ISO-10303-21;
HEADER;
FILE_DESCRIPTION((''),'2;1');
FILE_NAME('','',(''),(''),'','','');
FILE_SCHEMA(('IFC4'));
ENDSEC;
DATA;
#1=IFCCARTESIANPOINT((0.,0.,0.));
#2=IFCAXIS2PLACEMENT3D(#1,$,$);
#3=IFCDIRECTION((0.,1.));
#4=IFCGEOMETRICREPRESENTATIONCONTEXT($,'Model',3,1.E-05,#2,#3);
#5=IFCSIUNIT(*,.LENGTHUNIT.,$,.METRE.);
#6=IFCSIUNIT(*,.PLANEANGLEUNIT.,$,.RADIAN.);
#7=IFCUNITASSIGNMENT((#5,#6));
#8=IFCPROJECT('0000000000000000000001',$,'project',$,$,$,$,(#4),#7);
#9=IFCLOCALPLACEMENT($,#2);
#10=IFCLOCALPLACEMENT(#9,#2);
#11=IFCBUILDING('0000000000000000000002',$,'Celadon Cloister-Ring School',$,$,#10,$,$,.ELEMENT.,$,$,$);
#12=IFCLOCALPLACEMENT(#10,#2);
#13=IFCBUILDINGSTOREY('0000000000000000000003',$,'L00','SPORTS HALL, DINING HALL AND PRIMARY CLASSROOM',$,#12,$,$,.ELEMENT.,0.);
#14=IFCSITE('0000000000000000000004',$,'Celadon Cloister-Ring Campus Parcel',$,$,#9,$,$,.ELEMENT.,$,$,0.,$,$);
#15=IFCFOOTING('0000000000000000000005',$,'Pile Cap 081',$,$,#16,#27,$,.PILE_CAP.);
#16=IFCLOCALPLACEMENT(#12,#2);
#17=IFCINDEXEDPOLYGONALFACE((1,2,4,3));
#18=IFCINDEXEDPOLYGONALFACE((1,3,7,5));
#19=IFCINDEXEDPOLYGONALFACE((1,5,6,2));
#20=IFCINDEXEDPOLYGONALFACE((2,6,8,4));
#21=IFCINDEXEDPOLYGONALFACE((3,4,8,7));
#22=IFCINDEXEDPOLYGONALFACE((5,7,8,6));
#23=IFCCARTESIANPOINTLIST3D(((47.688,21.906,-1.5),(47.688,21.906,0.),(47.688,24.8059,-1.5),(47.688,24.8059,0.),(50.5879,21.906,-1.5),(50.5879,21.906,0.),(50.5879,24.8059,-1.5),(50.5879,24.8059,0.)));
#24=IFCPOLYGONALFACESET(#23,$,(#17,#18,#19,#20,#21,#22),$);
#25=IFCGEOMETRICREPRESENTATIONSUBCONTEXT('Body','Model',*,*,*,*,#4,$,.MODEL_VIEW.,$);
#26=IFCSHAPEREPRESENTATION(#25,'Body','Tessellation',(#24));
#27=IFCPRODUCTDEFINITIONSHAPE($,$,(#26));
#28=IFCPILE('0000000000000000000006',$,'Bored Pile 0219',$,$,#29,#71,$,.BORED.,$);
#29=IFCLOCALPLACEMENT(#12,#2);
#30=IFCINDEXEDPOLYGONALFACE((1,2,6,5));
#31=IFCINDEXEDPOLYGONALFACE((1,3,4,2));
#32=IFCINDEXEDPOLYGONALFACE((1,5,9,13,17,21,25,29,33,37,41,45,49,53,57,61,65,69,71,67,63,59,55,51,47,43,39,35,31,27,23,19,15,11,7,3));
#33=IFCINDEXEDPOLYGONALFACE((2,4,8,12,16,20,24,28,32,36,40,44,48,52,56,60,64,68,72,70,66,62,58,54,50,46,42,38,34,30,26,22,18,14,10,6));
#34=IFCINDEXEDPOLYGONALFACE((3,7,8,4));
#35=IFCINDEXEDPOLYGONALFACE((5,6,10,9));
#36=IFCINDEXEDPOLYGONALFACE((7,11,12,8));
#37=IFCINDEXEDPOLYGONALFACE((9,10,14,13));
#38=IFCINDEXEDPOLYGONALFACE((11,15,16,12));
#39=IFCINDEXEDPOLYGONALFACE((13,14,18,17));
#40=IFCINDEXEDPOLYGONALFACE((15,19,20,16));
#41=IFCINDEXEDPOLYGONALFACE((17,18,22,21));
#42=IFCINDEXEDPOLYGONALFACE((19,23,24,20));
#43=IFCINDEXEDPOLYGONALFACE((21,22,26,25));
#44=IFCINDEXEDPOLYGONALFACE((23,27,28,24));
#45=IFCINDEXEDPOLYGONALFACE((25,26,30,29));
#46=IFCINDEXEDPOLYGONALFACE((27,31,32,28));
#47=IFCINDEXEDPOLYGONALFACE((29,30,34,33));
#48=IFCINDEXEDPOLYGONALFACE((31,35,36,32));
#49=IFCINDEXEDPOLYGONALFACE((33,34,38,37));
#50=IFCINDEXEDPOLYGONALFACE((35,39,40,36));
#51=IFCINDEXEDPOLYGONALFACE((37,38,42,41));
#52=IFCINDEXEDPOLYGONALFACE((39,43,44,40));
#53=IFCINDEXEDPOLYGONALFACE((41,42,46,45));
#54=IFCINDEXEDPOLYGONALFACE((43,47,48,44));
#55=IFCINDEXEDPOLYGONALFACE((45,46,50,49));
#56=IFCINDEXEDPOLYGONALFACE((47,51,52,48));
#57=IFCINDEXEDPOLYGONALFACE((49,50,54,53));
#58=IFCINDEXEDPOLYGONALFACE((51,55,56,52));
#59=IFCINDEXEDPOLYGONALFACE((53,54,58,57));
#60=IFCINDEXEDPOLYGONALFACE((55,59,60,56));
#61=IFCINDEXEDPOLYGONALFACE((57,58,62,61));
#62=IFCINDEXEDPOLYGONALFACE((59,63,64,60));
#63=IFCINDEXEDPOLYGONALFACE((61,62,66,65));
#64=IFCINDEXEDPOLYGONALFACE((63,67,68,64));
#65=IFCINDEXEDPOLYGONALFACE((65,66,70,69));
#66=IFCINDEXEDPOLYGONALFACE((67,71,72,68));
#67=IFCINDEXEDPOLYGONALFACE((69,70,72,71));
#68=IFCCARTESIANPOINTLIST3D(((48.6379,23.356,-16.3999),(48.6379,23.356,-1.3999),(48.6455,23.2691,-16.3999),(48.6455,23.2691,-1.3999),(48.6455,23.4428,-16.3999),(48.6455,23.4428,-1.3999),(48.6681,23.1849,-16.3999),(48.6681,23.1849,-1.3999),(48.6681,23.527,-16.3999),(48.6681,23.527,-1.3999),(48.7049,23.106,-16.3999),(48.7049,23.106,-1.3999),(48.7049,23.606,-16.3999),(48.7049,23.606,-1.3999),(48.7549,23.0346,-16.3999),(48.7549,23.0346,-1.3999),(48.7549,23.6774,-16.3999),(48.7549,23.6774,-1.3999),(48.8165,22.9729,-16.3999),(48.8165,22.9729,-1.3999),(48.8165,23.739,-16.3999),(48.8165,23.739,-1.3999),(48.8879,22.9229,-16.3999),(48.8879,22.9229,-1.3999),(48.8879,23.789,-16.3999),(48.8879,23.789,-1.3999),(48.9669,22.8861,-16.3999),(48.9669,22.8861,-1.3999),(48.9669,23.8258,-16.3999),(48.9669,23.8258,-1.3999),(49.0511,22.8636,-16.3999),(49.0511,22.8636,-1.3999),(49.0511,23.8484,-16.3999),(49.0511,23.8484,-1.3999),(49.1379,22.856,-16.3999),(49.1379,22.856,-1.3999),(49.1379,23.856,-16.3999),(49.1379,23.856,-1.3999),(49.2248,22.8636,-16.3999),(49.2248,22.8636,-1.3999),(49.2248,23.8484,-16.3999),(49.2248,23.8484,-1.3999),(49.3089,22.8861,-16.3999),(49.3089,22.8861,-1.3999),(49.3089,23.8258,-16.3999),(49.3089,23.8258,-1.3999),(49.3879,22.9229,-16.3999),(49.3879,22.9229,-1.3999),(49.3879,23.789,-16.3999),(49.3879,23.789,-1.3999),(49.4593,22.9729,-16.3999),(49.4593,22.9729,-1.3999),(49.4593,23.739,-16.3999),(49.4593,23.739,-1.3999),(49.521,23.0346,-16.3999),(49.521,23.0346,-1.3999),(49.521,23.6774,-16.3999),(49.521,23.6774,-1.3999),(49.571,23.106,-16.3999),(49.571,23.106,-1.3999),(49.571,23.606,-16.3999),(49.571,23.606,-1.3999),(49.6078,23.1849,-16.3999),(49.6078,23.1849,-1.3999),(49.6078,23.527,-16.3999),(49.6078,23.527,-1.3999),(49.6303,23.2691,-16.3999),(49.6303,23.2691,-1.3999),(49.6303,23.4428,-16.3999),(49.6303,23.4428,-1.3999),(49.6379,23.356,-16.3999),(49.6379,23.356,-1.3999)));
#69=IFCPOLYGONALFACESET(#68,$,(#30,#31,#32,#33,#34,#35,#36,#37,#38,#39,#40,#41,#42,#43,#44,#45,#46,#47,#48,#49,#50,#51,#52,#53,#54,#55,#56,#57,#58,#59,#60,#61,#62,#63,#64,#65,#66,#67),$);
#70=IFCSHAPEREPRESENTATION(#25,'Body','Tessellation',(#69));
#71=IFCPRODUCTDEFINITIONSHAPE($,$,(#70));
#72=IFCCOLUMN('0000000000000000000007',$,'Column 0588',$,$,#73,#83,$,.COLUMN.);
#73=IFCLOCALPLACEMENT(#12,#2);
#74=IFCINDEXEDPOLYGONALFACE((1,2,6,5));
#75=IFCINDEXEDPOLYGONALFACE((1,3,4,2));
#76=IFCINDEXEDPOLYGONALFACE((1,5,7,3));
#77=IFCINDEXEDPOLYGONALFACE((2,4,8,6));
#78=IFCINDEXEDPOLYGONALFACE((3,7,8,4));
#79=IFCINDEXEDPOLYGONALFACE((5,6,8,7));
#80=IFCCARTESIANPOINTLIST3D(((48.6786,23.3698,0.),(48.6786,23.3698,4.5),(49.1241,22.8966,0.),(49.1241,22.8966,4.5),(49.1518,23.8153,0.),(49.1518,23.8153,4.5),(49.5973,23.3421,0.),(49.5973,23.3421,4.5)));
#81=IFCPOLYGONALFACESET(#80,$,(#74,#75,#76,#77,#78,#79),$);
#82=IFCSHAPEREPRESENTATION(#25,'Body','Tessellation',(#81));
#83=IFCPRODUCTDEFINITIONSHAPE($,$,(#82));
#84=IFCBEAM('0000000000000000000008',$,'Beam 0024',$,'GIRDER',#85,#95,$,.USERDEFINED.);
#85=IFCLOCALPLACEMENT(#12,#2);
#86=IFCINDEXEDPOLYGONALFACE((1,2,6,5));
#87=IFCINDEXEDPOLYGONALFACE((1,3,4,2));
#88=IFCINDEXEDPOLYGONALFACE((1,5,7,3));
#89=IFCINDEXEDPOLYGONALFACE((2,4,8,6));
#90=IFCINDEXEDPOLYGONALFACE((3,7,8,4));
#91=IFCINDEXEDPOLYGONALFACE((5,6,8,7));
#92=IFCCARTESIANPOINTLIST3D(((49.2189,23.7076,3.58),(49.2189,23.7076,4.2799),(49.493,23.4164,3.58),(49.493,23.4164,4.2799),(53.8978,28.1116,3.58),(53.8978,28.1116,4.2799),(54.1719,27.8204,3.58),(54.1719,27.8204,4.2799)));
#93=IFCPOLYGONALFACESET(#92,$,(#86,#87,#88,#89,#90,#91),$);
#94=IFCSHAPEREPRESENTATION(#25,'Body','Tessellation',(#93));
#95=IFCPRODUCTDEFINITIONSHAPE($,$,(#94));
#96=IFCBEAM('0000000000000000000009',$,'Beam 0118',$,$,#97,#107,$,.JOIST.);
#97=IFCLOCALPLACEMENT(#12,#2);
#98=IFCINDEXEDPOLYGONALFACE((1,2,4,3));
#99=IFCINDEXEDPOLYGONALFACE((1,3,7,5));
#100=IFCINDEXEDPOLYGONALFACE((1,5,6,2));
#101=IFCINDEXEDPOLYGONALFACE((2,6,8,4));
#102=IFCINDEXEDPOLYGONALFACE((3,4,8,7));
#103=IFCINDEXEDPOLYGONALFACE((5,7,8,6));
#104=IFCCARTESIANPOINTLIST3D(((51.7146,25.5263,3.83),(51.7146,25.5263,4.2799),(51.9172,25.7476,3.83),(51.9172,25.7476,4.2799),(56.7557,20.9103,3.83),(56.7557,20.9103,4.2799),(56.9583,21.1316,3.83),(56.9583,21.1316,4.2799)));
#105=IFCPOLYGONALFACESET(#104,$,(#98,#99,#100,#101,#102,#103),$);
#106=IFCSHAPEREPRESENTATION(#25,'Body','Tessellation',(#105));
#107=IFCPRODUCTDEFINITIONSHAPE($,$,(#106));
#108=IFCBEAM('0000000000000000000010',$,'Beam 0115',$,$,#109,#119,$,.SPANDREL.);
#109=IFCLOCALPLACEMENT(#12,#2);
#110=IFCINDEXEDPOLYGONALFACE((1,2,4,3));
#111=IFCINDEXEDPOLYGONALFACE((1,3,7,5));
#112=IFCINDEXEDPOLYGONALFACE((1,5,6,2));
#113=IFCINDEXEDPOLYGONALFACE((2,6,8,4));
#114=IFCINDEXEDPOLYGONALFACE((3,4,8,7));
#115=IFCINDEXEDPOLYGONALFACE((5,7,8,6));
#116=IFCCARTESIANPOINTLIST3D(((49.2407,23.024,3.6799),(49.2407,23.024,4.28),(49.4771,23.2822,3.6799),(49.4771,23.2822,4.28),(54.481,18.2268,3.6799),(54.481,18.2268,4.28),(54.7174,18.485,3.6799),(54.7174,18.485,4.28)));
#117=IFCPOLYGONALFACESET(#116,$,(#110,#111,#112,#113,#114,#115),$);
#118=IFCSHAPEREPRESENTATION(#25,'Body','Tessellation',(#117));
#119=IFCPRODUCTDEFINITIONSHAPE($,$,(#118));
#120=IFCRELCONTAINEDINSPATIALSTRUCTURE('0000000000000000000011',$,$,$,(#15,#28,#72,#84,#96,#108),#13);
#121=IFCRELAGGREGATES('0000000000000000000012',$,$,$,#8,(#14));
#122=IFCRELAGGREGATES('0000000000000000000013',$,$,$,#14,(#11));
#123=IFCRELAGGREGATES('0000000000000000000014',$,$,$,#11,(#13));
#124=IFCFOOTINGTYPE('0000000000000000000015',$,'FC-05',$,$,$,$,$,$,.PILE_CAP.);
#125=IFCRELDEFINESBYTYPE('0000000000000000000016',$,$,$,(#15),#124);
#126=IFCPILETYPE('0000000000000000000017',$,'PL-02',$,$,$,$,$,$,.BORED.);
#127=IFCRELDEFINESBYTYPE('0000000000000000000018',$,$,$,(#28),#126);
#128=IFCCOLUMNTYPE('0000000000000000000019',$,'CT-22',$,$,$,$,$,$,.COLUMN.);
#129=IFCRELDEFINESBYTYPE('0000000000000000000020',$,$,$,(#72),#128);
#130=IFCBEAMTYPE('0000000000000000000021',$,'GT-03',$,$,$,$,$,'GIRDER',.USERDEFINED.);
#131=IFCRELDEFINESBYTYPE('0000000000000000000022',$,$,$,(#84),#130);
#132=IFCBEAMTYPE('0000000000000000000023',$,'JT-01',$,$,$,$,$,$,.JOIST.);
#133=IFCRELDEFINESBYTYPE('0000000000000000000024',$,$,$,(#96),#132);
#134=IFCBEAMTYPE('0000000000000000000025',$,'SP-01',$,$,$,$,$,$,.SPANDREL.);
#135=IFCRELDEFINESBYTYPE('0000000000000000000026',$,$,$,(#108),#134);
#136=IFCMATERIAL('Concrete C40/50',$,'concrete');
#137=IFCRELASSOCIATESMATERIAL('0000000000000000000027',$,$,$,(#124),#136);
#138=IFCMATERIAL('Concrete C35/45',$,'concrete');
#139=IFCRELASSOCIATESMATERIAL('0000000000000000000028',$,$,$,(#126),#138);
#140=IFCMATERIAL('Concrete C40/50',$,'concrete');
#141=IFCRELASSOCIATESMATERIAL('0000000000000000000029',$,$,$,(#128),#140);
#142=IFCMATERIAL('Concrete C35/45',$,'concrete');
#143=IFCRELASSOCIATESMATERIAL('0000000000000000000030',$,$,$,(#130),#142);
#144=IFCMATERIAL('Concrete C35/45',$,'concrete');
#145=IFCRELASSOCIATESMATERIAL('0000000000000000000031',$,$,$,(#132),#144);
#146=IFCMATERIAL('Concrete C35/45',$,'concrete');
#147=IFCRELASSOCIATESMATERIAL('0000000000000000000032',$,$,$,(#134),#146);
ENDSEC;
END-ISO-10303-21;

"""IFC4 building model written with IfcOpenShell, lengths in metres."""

from ifc_helpers import new_model, si_unit, direction, frame, origin, origin_2d, place, context, subcontext, project, spatial, rectangle, circle, extrude, material, material_profile, profile_set, type_object, element, save


model = new_model("IFC4")

# Units and contexts
model_context = context("Model", 3, precision=1e-05, world=origin(), true_north=direction((0.0, 1.0)))
body_context = subcontext(model_context, "Body", "Model", "MODEL_VIEW")
ifc_project = project(units=[si_unit("LENGTHUNIT", "METRE"), si_unit("PLANEANGLEUNIT", "RADIAN")], contexts=[model_context])

# Site, building, storey
site_placement = place(None, origin())
site = spatial("IfcSite", under=ifc_project, at=site_placement, Name="Celadon Cloister-Ring Campus Parcel", CompositionType="ELEMENT", RefElevation=0.0)
building_placement = place(site_placement, origin())
building = spatial("IfcBuilding", under=site, at=building_placement, Name="Celadon Cloister-Ring School", CompositionType="ELEMENT")
storey_placement = place(building_placement, origin())
storey = spatial("IfcBuildingStorey", under=building, at=storey_placement, Name="L00", Description="SPORTS HALL, DINING HALL AND PRIMARY CLASSROOM", CompositionType="ELEMENT", Elevation=0.0)

# Footing
ifc_material_1 = material(Name="Concrete C40/50", Category="concrete")
footing_type = type_object("IfcFootingType", Name="FC-05", PredefinedType="PILE_CAP", material=ifc_material_1)
footing_placement = place(storey_placement, frame((49.1379, 23.356, -1.5), z_axis=(0.0, 0.0, 1.0), x_axis=(1.0, 0.0, 0.0)))
element("IfcFooting", 1, at=footing_placement, inside=storey, type_object=footing_type, Name="Pile Cap 081", PredefinedType="PILE_CAP", context=body_context, shape_type="SweptSolid", body=[
    extrude(rectangle(XDim=2.8999, YDim=2.8999, at=origin_2d()), origin(), (0.0, 0.0, 1.0), 1.5),
])

# Pile
ifc_material_2 = material(Name="Concrete C35/45", Category="concrete")
ifc_material_profile_1 = material_profile(ifc_material_2, circle(Radius=0.5, at=origin_2d()), Name="PILE1000")
ifc_profile_set_1 = profile_set([ifc_material_profile_1], Name="Concrete C35/45")
pile_type = type_object("IfcPileType", Name="PL-02", PredefinedType="BORED", material=ifc_profile_set_1)
pile_placement = place(storey_placement, frame((49.1379, 23.356, -1.3999), z_axis=(0.0, 0.0, -1.0), x_axis=(1.0, 0.0, 0.0)))
element("IfcPile", 2, at=pile_placement, inside=storey, type_object=pile_type, Name="Bored Pile 0219", PredefinedType="BORED", context=body_context, shape_type="SweptSolid", body=[
    extrude(circle(Radius=0.5, at=origin_2d()), origin(), (0.0, 0.0, 1.0), 15.0),
])

# Column
ifc_material_3 = material(Name="Concrete C40/50", Category="concrete")
ifc_material_profile_2 = material_profile(ifc_material_3, rectangle(XDim=0.6499, YDim=0.6499, at=origin_2d()), Name="RC650X650")
ifc_profile_set_2 = profile_set([ifc_material_profile_2], Name="Concrete C40/50")
column_type = type_object("IfcColumnType", Name="CT-22", PredefinedType="COLUMN", material=ifc_profile_set_2)
column_placement = place(storey_placement, frame((49.1379, 23.356, 0.0), z_axis=(0.0, 0.0, 1.0), x_axis=(-0.728108, -0.685463, 0.0)))
element("IfcColumn", 3, at=column_placement, inside=storey, type_object=column_type, Name="Column 0588", PredefinedType="COLUMN", context=body_context, shape_type="SweptSolid", body=[
    extrude(rectangle(XDim=0.6499, YDim=0.6499, at=origin_2d()), origin(), (0.0, 0.0, 1.0), 4.5),
])

# Beams
ifc_material_4 = material(Name="Concrete C35/45", Category="concrete")
ifc_material_profile_3 = material_profile(ifc_material_4, rectangle(XDim=0.3999, YDim=0.7, at=origin_2d()), Name="RC400X700")
ifc_profile_set_3 = profile_set([ifc_material_profile_3], Name="Concrete C35/45")
beam_type_1 = type_object("IfcBeamType", Name="GT-03", ElementType="GIRDER", PredefinedType="USERDEFINED", material=ifc_profile_set_3)
beam_1_placement = place(storey_placement, frame((49.356, 23.562, 3.9299), z_axis=(0.728174, 0.685392, 0.0), x_axis=(-0.685392, 0.728174, 0.0)))
element("IfcBeam", 4, at=beam_1_placement, inside=storey, type_object=beam_type_1, Name="Beam 0024", ObjectType="GIRDER", PredefinedType="USERDEFINED", context=body_context, shape_type="SweptSolid", body=[
    extrude(rectangle(XDim=0.3999, YDim=0.7, at=origin_2d()), origin(), (0.0, 0.0, 1.0), 6.4255),
])
ifc_material_5 = material(Name="Concrete C35/45", Category="concrete")
ifc_material_profile_4 = material_profile(ifc_material_5, rectangle(XDim=0.3, YDim=0.45, at=origin_2d()), Name="RC300X450")
ifc_profile_set_4 = profile_set([ifc_material_profile_4], Name="Concrete C35/45")
beam_type_2 = type_object("IfcBeamType", Name="JT-01", PredefinedType="JOIST", material=ifc_profile_set_4)
beam_2_placement = place(storey_placement, frame((51.8159, 25.637, 4.0549), z_axis=(0.737516, -0.67533, 0.0), x_axis=(0.67533, 0.737516, 0.0)))
element("IfcBeam", 5, at=beam_2_placement, inside=storey, type_object=beam_type_2, Name="Beam 0118", PredefinedType="JOIST", context=body_context, shape_type="SweptSolid", body=[
    extrude(rectangle(XDim=0.3, YDim=0.45, at=origin_2d()), origin(), (0.0, 0.0, 1.0), 6.8352),
])
ifc_material_6 = material(Name="Concrete C35/45", Category="concrete")
ifc_material_profile_5 = material_profile(ifc_material_6, rectangle(XDim=0.3501, YDim=0.6001, at=origin_2d()), Name="RC350X600")
ifc_profile_set_5 = profile_set([ifc_material_profile_5], Name="Concrete C35/45")
beam_type_3 = type_object("IfcBeamType", Name="SP-01", PredefinedType="SPANDREL", material=ifc_profile_set_5)
beam_3_placement = place(storey_placement, frame((49.3589, 23.1531, 3.98), z_axis=(0.737605, -0.675233, 0.0), x_axis=(0.675233, 0.737605, 0.0)))
element("IfcBeam", 6, at=beam_3_placement, inside=storey, type_object=beam_type_3, Name="Beam 0115", PredefinedType="SPANDREL", context=body_context, shape_type="SweptSolid", body=[
    extrude(rectangle(XDim=0.3501, YDim=0.6001, at=origin_2d()), origin(), (0.0, 0.0, 1.0), 7.1045),
])

save(model, "model.ifc")
